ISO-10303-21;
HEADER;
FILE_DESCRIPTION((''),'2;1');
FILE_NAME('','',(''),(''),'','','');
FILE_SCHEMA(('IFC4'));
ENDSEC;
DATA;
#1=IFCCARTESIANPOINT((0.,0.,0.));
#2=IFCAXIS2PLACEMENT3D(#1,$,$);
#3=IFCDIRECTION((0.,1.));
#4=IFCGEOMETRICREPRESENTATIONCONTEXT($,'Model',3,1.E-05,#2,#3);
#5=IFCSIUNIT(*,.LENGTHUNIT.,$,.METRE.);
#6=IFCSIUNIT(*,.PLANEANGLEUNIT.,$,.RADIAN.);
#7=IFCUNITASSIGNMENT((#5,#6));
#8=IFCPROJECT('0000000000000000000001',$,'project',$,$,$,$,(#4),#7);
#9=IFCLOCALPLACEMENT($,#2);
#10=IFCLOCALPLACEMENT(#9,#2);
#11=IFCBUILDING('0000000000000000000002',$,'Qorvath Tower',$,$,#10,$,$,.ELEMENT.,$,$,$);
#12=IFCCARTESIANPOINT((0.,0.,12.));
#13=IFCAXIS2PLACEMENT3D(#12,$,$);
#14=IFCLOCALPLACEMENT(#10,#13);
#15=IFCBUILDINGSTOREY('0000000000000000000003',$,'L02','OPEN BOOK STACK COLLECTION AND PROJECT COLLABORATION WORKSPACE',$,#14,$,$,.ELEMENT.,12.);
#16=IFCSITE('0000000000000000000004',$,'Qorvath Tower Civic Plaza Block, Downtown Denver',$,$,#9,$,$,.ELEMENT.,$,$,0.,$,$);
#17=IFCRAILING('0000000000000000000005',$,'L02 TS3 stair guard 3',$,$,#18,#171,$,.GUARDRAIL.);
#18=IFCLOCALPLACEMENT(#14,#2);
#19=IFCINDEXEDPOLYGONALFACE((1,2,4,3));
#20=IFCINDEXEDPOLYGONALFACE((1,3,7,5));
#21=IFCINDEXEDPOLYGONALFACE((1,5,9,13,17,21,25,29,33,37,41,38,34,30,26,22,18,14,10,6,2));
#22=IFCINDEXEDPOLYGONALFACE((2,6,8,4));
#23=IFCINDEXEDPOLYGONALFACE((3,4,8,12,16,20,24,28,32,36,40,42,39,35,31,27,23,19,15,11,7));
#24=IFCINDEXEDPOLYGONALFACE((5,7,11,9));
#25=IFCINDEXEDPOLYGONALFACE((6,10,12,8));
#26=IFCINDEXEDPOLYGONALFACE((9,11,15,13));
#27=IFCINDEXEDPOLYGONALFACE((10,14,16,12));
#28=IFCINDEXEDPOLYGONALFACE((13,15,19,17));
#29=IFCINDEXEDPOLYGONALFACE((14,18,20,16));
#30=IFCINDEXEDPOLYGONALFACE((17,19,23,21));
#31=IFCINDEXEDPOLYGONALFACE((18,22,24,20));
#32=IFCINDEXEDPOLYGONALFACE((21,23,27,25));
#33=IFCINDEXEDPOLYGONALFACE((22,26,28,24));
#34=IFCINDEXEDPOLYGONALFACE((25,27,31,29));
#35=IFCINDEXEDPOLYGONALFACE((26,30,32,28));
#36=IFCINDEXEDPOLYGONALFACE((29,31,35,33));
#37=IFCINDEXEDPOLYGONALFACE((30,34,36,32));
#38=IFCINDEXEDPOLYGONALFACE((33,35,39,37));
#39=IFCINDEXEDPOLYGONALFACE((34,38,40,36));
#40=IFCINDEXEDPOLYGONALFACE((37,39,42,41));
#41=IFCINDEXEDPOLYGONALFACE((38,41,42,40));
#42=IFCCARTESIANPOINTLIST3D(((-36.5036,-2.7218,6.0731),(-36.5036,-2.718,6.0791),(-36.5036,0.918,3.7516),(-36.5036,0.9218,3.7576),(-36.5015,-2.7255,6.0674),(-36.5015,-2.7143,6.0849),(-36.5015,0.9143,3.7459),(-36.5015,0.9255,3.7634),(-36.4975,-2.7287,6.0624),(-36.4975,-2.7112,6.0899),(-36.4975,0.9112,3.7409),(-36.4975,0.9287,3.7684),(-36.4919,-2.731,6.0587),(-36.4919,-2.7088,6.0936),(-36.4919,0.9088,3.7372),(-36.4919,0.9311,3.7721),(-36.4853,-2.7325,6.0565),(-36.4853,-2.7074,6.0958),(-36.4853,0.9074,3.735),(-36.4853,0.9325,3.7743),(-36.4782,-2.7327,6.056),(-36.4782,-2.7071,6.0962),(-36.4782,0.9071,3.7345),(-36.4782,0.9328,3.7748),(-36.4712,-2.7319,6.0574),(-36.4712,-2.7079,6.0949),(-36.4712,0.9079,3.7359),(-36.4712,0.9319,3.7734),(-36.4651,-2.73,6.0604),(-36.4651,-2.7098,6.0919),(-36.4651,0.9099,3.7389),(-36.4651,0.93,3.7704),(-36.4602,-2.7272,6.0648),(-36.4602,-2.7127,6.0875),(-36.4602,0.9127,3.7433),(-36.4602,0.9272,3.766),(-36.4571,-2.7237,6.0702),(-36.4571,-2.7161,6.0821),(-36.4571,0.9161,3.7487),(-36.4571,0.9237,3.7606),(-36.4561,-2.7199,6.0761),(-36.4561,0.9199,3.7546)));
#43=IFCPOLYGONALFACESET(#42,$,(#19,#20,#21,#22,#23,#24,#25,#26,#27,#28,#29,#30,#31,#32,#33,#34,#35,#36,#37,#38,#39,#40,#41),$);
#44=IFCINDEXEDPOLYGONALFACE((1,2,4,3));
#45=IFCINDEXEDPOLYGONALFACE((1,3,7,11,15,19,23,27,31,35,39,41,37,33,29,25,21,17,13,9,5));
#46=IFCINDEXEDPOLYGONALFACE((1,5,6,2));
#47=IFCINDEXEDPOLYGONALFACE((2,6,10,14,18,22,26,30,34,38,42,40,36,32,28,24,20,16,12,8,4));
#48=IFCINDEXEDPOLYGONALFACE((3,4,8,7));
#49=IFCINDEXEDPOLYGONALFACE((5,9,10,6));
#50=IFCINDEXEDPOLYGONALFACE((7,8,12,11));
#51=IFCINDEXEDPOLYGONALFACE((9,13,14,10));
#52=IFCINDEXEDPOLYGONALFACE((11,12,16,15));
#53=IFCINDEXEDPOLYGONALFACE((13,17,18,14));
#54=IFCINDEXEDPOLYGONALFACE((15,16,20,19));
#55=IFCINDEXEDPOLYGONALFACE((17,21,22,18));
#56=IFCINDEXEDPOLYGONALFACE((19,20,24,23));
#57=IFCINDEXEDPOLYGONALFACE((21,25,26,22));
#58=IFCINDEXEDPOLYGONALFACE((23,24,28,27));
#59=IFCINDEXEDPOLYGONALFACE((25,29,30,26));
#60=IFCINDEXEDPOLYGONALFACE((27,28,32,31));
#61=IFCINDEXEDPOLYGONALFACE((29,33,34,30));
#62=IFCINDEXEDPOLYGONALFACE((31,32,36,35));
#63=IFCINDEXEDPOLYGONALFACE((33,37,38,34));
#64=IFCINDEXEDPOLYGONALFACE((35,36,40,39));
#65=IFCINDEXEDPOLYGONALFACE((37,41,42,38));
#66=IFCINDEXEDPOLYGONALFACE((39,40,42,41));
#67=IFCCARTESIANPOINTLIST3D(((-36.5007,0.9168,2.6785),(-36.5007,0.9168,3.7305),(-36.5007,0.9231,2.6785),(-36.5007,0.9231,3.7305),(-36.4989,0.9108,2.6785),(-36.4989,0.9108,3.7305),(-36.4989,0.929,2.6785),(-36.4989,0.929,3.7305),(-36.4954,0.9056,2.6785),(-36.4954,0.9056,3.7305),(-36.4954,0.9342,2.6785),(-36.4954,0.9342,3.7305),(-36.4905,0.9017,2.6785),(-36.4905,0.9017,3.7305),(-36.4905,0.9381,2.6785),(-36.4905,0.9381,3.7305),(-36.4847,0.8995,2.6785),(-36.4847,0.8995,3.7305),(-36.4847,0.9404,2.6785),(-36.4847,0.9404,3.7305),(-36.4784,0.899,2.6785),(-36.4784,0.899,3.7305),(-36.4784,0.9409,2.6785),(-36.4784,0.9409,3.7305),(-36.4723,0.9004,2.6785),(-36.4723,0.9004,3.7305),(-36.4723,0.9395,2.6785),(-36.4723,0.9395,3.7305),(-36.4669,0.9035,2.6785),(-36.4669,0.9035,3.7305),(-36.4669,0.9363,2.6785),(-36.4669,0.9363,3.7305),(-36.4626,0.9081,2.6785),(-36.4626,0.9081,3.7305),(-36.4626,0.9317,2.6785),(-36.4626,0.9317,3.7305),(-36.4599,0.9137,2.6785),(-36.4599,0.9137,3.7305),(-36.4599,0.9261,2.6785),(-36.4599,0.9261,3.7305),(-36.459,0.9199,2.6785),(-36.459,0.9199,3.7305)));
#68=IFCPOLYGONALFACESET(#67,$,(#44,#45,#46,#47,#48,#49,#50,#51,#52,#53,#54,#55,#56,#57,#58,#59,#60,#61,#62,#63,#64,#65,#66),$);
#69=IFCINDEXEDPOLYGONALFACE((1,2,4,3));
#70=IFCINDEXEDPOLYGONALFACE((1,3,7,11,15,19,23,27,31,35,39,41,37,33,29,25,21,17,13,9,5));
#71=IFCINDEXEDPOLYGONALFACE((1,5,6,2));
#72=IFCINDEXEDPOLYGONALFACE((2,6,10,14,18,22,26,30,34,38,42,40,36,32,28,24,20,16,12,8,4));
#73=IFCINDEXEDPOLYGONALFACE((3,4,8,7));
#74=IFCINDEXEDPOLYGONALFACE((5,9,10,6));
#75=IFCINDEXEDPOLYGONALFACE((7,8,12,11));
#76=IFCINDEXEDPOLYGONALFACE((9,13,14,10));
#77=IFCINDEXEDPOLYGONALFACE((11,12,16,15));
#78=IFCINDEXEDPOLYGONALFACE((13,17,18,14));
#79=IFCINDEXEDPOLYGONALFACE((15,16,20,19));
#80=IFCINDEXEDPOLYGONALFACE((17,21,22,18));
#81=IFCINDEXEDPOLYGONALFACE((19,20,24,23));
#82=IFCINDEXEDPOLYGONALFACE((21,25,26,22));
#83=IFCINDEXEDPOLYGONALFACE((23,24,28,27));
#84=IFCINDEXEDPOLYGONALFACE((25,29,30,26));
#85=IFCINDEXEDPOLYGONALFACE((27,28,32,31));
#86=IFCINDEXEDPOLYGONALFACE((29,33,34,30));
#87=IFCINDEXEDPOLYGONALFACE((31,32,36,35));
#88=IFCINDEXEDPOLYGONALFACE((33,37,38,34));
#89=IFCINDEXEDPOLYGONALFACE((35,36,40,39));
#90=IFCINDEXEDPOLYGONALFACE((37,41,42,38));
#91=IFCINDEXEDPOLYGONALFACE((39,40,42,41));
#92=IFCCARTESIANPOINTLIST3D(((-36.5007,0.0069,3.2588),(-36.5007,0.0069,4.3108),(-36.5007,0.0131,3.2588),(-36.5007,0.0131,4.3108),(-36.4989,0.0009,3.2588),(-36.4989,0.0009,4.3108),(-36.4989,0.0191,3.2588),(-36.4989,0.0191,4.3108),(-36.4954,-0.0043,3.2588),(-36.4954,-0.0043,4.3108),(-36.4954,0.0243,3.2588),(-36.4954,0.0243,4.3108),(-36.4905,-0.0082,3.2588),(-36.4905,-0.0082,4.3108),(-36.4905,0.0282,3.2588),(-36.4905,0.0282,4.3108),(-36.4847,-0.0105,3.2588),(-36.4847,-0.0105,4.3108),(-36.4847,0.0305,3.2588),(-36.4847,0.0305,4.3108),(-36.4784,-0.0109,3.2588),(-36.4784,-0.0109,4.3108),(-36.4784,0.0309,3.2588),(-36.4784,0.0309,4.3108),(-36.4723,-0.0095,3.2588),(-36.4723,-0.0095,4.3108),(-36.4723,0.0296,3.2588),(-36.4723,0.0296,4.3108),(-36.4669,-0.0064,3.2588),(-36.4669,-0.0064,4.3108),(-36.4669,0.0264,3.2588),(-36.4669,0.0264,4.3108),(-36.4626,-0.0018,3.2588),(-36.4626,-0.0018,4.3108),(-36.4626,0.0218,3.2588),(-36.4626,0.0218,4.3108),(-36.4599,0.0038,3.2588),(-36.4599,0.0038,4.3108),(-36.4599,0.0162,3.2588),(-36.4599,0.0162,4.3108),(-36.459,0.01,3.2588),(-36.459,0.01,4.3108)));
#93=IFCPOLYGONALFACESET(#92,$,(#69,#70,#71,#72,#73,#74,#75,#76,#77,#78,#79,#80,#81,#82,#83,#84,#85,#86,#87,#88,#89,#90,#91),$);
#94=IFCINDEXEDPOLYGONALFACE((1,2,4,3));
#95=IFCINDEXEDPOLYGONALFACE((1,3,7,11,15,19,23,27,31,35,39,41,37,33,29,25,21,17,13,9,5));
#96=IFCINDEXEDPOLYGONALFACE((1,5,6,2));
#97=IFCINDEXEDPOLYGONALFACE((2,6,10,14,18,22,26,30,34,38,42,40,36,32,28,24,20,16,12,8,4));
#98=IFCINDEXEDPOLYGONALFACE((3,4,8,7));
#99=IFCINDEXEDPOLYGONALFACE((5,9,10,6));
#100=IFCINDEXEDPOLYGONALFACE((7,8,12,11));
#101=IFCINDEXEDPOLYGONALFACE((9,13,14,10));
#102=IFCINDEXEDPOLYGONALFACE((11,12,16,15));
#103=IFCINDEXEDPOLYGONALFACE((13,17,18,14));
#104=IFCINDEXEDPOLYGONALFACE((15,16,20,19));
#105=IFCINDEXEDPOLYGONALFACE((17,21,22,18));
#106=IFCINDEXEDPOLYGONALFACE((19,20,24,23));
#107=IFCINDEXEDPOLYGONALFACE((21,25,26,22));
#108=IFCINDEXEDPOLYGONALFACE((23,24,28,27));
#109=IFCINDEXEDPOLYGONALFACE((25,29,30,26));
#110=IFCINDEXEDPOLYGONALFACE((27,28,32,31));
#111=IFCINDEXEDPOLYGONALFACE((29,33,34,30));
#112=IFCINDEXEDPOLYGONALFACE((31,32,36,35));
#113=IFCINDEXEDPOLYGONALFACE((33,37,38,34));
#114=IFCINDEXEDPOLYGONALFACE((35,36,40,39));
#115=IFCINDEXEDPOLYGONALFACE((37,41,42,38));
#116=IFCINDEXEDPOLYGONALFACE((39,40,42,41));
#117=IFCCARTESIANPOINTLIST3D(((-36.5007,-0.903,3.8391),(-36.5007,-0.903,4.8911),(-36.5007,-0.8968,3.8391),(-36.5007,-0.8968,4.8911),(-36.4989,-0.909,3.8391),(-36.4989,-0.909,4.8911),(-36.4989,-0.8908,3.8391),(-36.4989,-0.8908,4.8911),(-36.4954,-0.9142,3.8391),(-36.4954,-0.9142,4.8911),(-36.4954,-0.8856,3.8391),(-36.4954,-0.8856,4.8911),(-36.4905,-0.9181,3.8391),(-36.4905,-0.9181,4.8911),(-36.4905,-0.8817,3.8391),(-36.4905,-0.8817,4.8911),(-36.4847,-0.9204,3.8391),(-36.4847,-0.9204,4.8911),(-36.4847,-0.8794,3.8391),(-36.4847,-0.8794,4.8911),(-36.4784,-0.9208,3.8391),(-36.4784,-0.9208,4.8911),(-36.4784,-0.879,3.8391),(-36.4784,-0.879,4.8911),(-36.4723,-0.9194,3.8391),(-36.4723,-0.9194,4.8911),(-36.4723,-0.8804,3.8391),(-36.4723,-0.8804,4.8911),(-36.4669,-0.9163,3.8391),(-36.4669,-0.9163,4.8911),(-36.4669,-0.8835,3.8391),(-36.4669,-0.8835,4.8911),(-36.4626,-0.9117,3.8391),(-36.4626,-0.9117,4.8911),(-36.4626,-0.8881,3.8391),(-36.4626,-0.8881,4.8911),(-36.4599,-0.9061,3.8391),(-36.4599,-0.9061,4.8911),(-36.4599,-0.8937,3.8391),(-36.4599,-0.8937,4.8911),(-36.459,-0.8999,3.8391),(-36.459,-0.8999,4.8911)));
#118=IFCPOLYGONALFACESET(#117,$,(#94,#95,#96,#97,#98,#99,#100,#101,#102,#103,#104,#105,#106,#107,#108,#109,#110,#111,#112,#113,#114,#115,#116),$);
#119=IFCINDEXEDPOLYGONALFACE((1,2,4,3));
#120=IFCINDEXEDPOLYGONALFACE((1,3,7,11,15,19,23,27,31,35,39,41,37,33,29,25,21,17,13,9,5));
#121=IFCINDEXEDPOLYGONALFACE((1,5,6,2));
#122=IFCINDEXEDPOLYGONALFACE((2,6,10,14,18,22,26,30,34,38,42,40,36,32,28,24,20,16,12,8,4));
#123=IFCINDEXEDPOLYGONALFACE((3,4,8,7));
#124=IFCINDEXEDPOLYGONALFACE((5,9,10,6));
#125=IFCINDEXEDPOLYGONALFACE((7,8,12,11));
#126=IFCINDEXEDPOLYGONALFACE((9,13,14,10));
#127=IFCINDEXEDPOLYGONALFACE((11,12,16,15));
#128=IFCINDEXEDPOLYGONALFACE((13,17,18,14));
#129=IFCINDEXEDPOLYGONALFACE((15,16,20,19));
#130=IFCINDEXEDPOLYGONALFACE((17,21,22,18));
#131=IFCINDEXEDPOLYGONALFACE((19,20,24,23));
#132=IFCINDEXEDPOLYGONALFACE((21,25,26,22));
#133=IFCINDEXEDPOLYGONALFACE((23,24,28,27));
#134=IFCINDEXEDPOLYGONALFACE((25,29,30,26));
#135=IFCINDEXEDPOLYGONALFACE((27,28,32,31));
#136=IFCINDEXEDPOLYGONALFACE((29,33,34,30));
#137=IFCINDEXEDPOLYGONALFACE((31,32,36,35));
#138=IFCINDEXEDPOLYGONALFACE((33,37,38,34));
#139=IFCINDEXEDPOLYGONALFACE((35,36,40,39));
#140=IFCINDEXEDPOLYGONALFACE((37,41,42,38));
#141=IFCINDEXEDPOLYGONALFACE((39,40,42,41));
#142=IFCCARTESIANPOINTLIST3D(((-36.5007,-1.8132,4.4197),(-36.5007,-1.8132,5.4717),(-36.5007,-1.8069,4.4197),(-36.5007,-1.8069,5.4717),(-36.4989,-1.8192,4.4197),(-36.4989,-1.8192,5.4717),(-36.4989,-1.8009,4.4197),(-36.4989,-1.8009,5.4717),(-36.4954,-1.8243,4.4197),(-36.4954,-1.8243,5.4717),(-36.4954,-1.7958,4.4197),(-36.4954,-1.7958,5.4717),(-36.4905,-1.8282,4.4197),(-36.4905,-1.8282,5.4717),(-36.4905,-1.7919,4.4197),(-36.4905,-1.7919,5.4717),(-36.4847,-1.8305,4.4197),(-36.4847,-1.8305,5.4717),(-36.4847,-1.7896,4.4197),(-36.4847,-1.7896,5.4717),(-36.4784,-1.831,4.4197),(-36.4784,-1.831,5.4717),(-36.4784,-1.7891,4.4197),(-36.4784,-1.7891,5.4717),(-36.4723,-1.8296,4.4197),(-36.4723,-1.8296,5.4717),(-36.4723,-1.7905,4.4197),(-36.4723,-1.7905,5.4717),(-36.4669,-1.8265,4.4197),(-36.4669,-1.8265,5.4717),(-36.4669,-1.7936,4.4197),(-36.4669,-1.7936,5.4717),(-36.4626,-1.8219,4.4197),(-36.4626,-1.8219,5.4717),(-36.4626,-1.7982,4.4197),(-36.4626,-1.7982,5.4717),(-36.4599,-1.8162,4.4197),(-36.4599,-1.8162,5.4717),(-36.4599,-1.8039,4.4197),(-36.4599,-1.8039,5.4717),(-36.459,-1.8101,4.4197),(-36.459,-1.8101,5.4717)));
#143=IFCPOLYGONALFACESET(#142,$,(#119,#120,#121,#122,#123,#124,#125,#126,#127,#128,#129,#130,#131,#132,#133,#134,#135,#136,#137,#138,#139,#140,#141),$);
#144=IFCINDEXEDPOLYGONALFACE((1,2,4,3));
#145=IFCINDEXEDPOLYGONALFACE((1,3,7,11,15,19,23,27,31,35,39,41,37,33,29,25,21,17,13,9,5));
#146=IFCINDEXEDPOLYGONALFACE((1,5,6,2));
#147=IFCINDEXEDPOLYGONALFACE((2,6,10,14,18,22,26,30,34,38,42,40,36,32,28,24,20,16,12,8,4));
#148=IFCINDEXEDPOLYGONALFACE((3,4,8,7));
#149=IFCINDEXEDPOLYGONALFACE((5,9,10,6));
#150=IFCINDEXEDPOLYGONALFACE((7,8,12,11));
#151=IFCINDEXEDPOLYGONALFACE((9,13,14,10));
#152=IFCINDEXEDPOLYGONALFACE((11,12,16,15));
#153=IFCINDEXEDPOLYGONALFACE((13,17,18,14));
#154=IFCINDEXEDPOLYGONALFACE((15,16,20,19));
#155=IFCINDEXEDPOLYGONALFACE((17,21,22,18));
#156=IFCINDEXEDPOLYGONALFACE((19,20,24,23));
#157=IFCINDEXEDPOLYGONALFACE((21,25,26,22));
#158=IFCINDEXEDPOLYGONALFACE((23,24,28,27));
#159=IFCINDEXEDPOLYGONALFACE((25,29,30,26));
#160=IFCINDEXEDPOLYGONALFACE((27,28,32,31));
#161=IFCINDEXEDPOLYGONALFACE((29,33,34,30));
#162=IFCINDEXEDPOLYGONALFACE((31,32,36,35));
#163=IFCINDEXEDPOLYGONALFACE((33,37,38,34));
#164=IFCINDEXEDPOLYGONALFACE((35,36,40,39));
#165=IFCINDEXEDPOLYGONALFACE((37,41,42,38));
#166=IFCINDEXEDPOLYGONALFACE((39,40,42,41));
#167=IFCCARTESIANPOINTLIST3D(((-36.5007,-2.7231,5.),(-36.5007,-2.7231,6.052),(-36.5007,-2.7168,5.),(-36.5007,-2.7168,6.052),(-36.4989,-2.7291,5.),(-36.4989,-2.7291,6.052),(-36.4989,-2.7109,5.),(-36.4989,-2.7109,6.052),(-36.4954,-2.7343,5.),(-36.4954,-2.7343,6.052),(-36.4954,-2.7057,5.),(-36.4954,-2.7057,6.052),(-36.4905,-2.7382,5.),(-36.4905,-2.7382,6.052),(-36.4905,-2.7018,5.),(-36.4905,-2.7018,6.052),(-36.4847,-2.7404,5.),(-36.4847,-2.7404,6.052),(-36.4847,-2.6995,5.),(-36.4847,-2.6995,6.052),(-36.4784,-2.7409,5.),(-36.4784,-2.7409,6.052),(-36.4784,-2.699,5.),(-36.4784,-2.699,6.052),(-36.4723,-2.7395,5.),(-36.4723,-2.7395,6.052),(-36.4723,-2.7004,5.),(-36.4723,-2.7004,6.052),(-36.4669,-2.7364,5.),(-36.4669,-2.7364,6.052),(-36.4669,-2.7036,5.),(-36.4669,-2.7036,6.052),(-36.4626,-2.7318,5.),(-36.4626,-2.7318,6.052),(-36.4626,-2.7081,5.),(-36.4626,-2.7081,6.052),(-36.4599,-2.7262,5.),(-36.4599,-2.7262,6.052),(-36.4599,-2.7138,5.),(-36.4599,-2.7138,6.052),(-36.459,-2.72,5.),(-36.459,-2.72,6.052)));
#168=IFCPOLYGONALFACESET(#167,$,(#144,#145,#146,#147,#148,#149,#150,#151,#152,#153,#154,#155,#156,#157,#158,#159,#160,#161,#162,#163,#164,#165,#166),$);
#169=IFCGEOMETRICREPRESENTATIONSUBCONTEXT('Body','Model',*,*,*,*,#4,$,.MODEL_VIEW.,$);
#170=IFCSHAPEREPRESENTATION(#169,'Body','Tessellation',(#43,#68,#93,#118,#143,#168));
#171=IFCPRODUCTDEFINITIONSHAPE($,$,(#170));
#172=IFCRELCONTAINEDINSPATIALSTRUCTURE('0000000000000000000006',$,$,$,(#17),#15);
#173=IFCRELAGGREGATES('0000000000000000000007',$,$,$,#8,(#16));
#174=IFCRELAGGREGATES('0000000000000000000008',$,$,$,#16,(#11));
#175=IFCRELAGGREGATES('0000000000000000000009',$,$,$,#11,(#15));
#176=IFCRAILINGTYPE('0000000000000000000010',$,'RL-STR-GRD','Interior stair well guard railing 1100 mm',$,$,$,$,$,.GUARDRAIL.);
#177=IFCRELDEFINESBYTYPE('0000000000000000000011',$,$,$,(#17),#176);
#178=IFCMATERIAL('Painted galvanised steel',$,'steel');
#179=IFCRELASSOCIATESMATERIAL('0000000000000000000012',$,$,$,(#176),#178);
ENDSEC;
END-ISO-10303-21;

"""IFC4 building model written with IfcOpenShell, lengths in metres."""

from ifc_helpers import new_model, si_unit, direction, frame, origin, origin_2d, place, context, subcontext, project, spatial, circle, extrude, material, type_object, element, save


model = new_model("IFC4")

# Units and contexts
model_context = context("Model", 3, precision=1e-05, world=origin(), true_north=direction((0.0, 1.0)))
body_context = subcontext(model_context, "Body", "Model", "MODEL_VIEW")
ifc_project = project(units=[si_unit("LENGTHUNIT", "METRE"), si_unit("PLANEANGLEUNIT", "RADIAN")], contexts=[model_context])

# Site, building, storey
site_placement = place(None, origin())
site = spatial("IfcSite", under=ifc_project, at=site_placement, Name="Qorvath Tower Civic Plaza Block, Downtown Denver", CompositionType="ELEMENT", RefElevation=0.0)
building_placement = place(site_placement, origin())
building = spatial("IfcBuilding", under=site, at=building_placement, Name="Qorvath Tower", CompositionType="ELEMENT")
storey_placement = place(building_placement, frame((0.0, 0.0, 12.0)))
storey = spatial("IfcBuildingStorey", under=building, at=storey_placement, Name="L02", Description="OPEN BOOK STACK COLLECTION AND PROJECT COLLABORATION WORKSPACE", CompositionType="ELEMENT", Elevation=12.0)

# Railing
ifc_material_1 = material(Name="Painted galvanised steel", Category="steel")
railing_type_1 = type_object("IfcRailingType", Name="RL-STR-GRD", Description="Interior stair well guard railing 1100 mm", PredefinedType="GUARDRAIL", material=ifc_material_1)
railing_1_placement = place(storey_placement, frame((-36.48, 0.9199, 2.6785)))
element("IfcRailing", 1, at=railing_1_placement, inside=storey, type_object=railing_type_1, Name="L02 TS3 stair guard 3", PredefinedType="GUARDRAIL", context=body_context, shape_type="SweptSolid", body=[
    extrude(circle(Radius=0.0239, at=origin_2d()), frame((0.0, 0.0, 1.0762), z_axis=(0.0, -0.843112, 0.537739), x_axis=(1.0, 0.0, 0.0)), (0.0, 0.0, 1.0), 4.3171),
    extrude(circle(Radius=0.021, at=origin_2d()), origin(), (0.0, 0.0, 1.0), 1.052),
    extrude(circle(Radius=0.021, at=origin_2d()), frame((0.0, -0.9099, 0.5803)), (0.0, 0.0, 1.0), 1.052),
    extrude(circle(Radius=0.021, at=origin_2d()), frame((0.0, -1.8198, 1.1606)), (0.0, 0.0, 1.0), 1.052),
    extrude(circle(Radius=0.021, at=origin_2d()), frame((0.0, -2.73, 1.7412)), (0.0, 0.0, 1.0), 1.052),
    extrude(circle(Radius=0.021, at=origin_2d()), frame((0.0, -3.6399, 2.3215)), (0.0, 0.0, 1.0), 1.052),
])

save(model, "model.ifc")
